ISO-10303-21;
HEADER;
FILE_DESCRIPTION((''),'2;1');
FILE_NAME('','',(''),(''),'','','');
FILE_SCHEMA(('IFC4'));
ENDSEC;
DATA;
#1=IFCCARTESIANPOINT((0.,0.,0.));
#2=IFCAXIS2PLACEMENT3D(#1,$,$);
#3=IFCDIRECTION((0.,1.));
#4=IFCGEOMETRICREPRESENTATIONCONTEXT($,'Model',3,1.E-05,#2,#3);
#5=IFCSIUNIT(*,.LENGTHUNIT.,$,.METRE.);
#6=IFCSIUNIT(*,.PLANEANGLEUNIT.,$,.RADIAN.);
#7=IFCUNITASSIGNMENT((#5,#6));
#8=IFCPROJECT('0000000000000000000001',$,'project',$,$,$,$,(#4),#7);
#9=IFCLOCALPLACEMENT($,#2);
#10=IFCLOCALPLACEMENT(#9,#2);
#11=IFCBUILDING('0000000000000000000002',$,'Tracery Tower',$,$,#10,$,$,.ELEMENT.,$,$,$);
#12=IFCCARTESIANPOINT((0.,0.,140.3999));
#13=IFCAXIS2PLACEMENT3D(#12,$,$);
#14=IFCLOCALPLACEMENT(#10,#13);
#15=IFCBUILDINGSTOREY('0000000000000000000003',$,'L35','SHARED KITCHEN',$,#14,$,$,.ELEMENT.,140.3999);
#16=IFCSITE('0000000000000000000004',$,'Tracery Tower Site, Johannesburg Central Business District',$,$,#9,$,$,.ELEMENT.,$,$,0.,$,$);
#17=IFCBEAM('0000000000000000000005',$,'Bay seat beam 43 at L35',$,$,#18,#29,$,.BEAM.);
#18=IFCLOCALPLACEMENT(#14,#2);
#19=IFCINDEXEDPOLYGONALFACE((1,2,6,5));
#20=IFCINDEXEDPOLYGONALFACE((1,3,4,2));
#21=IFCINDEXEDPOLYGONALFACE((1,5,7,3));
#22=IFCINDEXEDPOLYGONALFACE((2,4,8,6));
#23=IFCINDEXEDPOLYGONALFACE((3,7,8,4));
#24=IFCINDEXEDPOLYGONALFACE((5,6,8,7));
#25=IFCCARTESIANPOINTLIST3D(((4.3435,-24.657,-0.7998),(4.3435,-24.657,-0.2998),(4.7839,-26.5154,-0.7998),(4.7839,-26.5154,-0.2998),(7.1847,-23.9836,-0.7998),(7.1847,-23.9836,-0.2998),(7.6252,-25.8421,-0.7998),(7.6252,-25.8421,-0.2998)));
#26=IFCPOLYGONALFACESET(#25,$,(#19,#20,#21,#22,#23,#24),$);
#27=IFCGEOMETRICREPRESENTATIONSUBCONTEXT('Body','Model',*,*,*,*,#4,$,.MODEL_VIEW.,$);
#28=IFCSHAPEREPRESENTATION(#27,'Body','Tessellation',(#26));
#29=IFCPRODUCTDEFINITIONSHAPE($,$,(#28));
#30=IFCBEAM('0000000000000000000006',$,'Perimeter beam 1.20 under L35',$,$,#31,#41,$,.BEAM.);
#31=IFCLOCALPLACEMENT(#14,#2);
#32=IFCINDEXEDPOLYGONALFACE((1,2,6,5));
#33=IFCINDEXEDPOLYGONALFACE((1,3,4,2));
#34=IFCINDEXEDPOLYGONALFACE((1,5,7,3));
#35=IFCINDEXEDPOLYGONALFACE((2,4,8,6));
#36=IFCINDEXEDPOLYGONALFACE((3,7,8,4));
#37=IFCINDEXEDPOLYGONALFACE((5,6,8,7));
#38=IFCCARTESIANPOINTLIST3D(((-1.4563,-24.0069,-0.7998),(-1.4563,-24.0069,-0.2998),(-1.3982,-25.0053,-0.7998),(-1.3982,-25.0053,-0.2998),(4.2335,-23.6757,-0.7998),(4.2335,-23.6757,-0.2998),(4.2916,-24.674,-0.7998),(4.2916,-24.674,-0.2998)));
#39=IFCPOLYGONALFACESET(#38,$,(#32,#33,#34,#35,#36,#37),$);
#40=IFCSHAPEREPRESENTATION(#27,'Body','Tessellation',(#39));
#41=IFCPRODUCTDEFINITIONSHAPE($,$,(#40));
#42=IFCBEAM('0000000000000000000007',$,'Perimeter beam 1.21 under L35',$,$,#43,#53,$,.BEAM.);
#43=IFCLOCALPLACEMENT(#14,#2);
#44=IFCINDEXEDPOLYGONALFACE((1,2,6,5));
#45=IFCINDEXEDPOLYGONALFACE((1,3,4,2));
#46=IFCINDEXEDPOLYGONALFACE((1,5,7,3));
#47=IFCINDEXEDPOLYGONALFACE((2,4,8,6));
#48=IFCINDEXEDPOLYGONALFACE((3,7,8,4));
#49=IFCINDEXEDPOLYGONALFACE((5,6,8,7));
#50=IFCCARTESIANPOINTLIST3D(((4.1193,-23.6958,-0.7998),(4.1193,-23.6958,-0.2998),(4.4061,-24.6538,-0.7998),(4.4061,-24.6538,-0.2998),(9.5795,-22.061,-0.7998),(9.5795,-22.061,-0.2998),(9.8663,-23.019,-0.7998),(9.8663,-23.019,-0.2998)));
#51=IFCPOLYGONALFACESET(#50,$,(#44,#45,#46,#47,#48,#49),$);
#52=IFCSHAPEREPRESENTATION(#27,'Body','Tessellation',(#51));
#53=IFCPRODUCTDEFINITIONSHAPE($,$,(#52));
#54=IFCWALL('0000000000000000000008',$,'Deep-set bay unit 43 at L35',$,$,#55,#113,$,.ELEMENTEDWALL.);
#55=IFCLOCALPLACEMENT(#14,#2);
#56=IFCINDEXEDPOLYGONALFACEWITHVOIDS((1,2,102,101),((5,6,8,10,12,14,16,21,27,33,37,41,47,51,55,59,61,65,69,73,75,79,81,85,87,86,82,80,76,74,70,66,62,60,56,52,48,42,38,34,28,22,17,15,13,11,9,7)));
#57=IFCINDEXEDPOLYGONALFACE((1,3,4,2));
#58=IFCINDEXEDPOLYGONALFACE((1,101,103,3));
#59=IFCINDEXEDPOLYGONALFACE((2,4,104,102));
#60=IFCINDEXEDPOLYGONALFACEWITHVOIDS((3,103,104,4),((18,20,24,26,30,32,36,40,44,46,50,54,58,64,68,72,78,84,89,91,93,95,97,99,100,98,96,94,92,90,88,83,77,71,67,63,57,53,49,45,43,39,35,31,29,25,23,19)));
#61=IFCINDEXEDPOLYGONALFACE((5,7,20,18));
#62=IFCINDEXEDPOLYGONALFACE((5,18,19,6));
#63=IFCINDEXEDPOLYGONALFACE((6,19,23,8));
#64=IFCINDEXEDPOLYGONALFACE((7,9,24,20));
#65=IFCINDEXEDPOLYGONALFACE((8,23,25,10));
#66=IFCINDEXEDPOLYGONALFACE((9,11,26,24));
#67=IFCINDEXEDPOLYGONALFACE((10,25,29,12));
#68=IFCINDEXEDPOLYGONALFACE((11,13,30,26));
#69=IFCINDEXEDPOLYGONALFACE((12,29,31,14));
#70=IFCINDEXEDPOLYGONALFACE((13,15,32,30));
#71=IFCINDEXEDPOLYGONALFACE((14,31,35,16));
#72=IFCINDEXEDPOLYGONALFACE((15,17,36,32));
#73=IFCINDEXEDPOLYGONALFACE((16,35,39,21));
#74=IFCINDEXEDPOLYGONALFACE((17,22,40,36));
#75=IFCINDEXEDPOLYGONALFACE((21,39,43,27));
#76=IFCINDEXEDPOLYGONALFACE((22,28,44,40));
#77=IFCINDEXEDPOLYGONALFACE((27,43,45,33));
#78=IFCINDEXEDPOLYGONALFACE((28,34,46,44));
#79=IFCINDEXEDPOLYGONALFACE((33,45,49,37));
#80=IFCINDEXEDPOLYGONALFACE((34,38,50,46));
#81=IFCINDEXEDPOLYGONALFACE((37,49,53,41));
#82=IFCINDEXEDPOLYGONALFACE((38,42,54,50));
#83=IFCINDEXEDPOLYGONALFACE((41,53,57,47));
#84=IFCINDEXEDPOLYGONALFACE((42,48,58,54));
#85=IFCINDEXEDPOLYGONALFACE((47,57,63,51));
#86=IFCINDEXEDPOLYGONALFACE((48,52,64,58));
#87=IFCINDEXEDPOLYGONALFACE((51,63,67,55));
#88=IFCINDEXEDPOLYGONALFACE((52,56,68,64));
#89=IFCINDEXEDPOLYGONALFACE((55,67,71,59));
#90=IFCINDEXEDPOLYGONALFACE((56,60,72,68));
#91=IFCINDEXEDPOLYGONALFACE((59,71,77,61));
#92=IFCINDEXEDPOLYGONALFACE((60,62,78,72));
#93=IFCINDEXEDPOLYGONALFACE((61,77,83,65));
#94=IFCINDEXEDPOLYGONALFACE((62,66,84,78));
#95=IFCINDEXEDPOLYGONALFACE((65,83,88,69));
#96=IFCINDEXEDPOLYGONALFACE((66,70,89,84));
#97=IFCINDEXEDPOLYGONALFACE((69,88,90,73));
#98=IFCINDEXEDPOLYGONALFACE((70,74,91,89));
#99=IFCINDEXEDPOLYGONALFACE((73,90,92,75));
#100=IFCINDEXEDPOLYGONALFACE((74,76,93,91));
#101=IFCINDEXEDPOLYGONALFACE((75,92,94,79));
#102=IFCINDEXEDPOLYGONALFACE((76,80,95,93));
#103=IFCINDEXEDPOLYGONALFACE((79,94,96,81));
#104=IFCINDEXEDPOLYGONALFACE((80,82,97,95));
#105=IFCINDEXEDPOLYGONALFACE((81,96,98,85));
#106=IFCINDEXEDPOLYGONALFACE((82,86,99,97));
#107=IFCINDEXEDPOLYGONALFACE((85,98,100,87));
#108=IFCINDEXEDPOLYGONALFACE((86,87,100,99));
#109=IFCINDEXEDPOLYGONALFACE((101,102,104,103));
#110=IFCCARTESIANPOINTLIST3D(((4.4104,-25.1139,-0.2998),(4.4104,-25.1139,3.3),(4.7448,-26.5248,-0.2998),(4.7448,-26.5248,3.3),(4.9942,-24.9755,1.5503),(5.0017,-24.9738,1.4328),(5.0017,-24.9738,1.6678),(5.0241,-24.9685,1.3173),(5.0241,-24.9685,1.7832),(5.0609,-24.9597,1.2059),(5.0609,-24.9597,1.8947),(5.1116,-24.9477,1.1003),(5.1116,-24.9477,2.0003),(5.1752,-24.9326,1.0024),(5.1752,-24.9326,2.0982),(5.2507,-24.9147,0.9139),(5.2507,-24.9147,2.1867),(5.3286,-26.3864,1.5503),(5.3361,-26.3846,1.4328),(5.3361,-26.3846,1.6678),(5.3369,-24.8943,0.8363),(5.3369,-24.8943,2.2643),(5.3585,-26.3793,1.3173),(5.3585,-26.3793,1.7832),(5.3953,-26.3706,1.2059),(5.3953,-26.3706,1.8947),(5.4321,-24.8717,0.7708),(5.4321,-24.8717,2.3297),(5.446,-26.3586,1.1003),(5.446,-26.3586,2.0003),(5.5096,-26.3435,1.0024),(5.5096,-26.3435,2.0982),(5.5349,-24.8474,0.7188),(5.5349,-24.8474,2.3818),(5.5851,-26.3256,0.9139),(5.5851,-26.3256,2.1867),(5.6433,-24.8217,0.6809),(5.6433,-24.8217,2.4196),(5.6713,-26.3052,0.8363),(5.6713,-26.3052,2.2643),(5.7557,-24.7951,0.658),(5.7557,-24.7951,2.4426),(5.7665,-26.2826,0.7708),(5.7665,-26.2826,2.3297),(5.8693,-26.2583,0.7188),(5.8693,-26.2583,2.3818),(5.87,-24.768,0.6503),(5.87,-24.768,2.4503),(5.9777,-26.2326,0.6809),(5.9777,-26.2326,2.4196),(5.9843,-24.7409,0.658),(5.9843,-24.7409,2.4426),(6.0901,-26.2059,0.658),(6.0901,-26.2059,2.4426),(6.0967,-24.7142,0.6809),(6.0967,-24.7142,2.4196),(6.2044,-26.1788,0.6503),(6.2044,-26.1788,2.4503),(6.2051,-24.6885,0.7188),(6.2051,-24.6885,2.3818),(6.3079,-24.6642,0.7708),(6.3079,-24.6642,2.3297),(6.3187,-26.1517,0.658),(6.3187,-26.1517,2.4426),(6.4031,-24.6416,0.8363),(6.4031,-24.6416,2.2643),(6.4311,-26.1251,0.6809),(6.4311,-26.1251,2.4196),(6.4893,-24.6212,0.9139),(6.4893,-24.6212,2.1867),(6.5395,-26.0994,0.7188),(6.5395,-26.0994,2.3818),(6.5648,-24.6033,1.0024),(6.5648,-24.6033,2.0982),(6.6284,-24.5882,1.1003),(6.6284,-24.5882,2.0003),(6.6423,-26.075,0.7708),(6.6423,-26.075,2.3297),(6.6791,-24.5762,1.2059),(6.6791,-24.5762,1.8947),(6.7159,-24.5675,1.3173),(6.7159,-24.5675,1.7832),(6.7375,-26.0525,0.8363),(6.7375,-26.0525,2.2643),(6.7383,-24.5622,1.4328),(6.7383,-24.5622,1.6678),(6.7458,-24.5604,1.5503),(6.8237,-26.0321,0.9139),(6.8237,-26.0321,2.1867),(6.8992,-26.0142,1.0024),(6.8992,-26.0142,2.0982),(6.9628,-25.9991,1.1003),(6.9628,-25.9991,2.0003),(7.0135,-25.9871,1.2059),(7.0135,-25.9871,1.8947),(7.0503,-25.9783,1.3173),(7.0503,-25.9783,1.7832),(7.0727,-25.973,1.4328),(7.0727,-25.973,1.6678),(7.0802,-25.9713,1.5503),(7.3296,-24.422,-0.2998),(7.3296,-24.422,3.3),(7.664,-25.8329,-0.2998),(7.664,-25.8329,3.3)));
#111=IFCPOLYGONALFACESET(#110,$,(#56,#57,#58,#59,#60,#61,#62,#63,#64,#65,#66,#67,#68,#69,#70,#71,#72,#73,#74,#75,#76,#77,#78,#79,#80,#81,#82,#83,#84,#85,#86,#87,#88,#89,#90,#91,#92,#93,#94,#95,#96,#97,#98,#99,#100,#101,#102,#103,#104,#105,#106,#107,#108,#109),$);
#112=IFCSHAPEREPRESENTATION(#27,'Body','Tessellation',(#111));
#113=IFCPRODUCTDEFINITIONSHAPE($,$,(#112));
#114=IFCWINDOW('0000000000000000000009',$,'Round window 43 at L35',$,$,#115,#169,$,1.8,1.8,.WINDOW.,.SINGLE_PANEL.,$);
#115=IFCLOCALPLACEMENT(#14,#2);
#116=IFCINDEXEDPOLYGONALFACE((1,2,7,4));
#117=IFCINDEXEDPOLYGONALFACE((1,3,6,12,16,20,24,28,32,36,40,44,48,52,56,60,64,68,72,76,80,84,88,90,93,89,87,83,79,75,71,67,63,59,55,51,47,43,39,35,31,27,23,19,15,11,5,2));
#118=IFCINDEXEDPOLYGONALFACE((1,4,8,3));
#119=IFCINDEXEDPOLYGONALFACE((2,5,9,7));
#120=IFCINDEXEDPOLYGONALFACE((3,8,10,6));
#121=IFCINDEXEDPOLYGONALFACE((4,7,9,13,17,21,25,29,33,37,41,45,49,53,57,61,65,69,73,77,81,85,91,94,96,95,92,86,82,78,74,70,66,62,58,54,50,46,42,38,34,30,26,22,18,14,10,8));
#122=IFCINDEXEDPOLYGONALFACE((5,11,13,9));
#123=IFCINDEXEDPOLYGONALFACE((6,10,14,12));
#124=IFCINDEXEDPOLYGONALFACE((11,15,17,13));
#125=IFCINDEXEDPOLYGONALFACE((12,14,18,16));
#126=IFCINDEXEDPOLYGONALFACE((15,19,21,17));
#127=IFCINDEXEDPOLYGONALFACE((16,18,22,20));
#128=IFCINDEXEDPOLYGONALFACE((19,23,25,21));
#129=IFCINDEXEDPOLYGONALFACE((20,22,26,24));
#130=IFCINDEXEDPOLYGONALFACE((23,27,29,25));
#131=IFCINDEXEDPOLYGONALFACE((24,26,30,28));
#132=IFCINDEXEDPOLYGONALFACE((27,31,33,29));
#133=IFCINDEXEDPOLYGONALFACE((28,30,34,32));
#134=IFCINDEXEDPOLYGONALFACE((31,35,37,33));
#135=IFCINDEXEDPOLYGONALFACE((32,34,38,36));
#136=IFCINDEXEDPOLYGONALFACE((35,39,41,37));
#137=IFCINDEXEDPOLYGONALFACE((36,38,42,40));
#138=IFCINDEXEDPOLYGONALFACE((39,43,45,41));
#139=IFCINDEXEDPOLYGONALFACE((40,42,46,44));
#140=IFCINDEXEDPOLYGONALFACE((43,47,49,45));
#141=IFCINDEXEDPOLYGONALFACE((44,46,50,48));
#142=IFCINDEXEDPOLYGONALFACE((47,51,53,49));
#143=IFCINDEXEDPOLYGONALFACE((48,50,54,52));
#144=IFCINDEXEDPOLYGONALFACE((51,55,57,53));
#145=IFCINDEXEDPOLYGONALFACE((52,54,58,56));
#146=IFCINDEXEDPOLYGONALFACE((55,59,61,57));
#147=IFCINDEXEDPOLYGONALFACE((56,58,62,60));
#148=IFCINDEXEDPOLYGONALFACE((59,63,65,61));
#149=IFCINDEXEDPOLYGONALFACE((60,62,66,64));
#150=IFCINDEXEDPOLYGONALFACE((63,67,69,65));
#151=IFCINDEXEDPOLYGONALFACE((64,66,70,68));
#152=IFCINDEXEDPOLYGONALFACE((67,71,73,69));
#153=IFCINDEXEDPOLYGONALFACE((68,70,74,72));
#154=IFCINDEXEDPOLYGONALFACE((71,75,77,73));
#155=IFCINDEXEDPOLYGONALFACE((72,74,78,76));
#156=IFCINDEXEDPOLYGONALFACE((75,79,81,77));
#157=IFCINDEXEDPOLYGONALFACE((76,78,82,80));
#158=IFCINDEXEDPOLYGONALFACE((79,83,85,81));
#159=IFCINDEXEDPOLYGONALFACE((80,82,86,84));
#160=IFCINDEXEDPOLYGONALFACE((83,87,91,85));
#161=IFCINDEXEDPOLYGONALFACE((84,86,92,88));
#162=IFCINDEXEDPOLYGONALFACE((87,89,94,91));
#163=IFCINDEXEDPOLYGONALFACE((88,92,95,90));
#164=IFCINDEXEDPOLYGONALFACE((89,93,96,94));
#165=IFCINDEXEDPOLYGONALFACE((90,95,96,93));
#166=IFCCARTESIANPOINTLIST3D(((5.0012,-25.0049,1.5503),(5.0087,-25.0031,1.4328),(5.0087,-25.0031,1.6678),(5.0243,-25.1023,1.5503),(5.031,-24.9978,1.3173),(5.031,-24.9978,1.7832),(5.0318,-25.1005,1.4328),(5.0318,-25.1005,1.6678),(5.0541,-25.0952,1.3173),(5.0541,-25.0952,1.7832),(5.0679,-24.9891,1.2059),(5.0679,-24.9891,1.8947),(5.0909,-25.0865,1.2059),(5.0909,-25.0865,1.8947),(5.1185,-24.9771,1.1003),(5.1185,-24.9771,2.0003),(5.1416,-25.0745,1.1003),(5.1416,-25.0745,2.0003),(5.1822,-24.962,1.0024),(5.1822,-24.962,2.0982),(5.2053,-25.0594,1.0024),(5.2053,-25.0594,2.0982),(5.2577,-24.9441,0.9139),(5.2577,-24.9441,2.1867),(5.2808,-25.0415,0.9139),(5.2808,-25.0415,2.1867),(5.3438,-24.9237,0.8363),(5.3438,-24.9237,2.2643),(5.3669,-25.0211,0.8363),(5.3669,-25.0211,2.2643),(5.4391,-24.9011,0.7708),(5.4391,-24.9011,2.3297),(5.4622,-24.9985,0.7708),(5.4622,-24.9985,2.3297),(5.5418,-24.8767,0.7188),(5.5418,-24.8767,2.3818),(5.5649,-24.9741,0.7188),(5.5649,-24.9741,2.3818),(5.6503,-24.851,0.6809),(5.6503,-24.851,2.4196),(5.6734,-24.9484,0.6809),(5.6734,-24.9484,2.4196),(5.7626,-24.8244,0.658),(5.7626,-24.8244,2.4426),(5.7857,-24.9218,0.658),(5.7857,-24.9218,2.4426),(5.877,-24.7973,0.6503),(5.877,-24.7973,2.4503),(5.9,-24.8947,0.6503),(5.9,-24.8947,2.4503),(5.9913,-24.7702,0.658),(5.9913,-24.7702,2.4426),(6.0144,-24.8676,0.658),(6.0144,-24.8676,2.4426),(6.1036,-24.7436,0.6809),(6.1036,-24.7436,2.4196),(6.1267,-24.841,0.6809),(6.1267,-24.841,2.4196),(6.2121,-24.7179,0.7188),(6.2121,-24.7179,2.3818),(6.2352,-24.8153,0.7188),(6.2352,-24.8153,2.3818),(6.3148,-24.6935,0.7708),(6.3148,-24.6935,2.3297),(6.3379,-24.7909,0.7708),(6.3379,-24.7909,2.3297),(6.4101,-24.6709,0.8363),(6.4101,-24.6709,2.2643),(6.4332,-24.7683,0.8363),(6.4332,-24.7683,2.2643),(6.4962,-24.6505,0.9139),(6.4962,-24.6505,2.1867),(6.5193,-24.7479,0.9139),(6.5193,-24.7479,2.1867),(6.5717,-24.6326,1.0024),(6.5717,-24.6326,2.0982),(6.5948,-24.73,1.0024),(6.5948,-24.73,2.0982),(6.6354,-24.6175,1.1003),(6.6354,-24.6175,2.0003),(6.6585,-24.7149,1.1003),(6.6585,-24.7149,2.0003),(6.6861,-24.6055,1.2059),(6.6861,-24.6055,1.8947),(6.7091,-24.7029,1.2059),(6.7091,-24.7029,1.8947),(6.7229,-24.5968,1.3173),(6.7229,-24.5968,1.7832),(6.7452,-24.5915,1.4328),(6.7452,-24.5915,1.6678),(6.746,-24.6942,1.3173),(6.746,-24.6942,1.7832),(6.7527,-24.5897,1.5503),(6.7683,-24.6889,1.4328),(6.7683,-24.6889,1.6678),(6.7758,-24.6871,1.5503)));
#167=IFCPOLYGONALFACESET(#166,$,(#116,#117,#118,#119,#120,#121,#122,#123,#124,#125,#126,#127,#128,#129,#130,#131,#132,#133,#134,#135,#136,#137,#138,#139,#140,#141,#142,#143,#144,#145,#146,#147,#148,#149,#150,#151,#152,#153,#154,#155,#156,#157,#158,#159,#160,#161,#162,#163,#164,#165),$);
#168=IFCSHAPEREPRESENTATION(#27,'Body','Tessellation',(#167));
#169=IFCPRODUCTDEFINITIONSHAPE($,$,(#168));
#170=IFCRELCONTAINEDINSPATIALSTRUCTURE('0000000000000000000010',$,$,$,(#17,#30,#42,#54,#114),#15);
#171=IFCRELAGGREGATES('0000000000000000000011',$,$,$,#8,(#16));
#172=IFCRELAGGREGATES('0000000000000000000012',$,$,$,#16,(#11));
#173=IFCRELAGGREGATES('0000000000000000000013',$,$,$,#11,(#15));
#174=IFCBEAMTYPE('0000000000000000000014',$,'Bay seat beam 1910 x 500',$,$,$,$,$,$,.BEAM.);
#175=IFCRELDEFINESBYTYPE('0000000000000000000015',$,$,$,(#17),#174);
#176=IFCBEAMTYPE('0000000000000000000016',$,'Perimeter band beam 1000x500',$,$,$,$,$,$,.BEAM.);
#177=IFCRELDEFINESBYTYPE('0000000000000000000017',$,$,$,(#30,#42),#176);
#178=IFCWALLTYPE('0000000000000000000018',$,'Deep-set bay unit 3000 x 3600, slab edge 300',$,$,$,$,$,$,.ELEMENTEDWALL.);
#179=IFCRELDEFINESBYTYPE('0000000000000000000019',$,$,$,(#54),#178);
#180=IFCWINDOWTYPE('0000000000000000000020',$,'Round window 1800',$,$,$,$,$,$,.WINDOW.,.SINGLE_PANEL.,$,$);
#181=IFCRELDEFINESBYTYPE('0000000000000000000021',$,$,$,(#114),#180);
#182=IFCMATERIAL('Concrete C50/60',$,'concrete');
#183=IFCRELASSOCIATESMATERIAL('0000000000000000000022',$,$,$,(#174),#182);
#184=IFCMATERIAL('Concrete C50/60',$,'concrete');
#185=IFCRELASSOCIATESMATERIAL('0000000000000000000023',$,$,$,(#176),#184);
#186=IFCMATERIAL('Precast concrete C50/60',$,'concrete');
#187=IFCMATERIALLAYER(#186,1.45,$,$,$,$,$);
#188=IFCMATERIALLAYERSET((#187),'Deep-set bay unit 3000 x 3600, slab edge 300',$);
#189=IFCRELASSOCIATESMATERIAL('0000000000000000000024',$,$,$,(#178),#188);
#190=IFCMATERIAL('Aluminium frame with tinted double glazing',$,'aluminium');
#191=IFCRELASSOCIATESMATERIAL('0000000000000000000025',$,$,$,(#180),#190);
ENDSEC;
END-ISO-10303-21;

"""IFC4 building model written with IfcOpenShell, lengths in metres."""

from ifc_helpers import new_model, si_unit, direction, frame, frame_2d, origin, origin_2d, place, context, subcontext, project, spatial, rectangle, circle, extrude, material, layer, layer_set, material_profile, profile_set, type_object, element, fill, save


model = new_model("IFC4")

# Units and contexts
model_context = context("Model", 3, precision=1e-05, world=origin(), true_north=direction((0.0, 1.0)))
body_context = subcontext(model_context, "Body", "Model", "MODEL_VIEW")
ifc_project = project(units=[si_unit("LENGTHUNIT", "METRE"), si_unit("PLANEANGLEUNIT", "RADIAN")], contexts=[model_context])

# Site, building, storey
site_placement = place(None, origin())
site = spatial("IfcSite", under=ifc_project, at=site_placement, Name="Tracery Tower Site, Johannesburg Central Business District", CompositionType="ELEMENT", RefElevation=0.0)
building_placement = place(site_placement, origin())
building = spatial("IfcBuilding", under=site, at=building_placement, Name="Tracery Tower", CompositionType="ELEMENT")
storey_placement = place(building_placement, frame((0.0, 0.0, 140.3999)))
storey = spatial("IfcBuildingStorey", under=building, at=storey_placement, Name="L35", Description="SHARED KITCHEN", CompositionType="ELEMENT", Elevation=140.3999)

# Beams
ifc_material_1 = material(Name="Concrete C50/60", Category="concrete")
ifc_material_profile_1 = material_profile(ifc_material_1, rectangle(XDim=1.9099, YDim=0.5, at=origin_2d()), Name="RC 1910x500")
ifc_profile_set_1 = profile_set([ifc_material_profile_1], Name="Concrete C50/60")
beam_type_1 = type_object("IfcBeamType", Name="Bay seat beam 1910 x 500", PredefinedType="BEAM", material=ifc_profile_set_1)
beam_1_placement = place(storey_placement, frame((4.5637, -25.5862, -0.5498), z_axis=(0.97305, 0.230596, 0.0), x_axis=(-0.230596, 0.97305, 0.0)))
element("IfcBeam", 1, at=beam_1_placement, inside=storey, type_object=beam_type_1, Name="Bay seat beam 43 at L35", PredefinedType="BEAM", context=body_context, shape_type="SweptSolid", body=[
    extrude(rectangle(XDim=1.9099, YDim=0.5, at=origin_2d()), origin(), (0.0, 0.0, 1.0), 2.9199),
])
ifc_material_2 = material(Name="Concrete C50/60", Category="concrete")
ifc_material_profile_2 = material_profile(ifc_material_2, rectangle(XDim=1.0, YDim=0.5, at=origin_2d()), Name="RC 1000x500")
ifc_profile_set_2 = profile_set([ifc_material_profile_2], Name="Concrete C50/60")
beam_type_2 = type_object("IfcBeamType", Name="Perimeter band beam 1000x500", PredefinedType="BEAM", material=ifc_profile_set_2)
beam_2_placement = place(storey_placement, frame((-1.4272, -24.5061, -0.5498), z_axis=(0.998309, 0.058127, 0.0), x_axis=(-0.058127, 0.998309, 0.0)))
element("IfcBeam", 2, at=beam_2_placement, inside=storey, type_object=beam_type_2, Name="Perimeter beam 1.20 under L35", PredefinedType="BEAM", context=body_context, shape_type="SweptSolid", body=[
    extrude(rectangle(XDim=1.0, YDim=0.5, at=origin_2d()), origin(), (0.0, 0.0, 1.0), 5.6995),
])
beam_3_placement = place(storey_placement, frame((4.2627, -24.1748, -0.5498), z_axis=(0.957985, 0.286817, 0.0), x_axis=(-0.286817, 0.957985, 0.0)))
element("IfcBeam", 3, at=beam_3_placement, inside=storey, type_object=beam_type_2, Name="Perimeter beam 1.21 under L35", PredefinedType="BEAM", context=body_context, shape_type="SweptSolid", body=[
    extrude(rectangle(XDim=1.0, YDim=0.5, at=origin_2d()), origin(), (0.0, 0.0, 1.0), 5.6997),
])

# Wall, opening, window
ifc_material_3 = material(Name="Precast concrete C50/60", Category="concrete")
ifc_layer_1 = layer(ifc_material_3, 1.45)
ifc_layer_set_1 = layer_set([ifc_layer_1], Name="Deep-set bay unit 3000 x 3600, slab edge 300")
wall_type_1 = type_object("IfcWallType", Name="Deep-set bay unit 3000 x 3600, slab edge 300", PredefinedType="ELEMENTEDWALL", material=ifc_layer_set_1)
wall_1_placement = place(storey_placement, frame((4.5776, -25.8193, -0.2998), z_axis=(0.0, 0.0, 1.0), x_axis=(0.973042, 0.230627, 0.0)))
wall_1 = element("IfcWall", 4, at=wall_1_placement, inside=storey, type_object=wall_type_1, Name="Deep-set bay unit 43 at L35", PredefinedType="ELEMENTEDWALL", context=body_context, shape_type="SweptSolid", body=[
    extrude(rectangle(XDim=3.0, YDim=1.45, at=frame_2d((1.5, 0.0))), origin(), (0.0, 0.0, 1.0), 3.5999),
])
opening_1_placement = place(wall_1_placement, frame((1.5, 0.0, 1.8501)))
opening_1 = element("IfcOpeningElement", 5, at=opening_1_placement, cuts=wall_1, PredefinedType="OPENING", context=body_context, shape_type="SweptSolid", body=[
    extrude(circle(Radius=0.9, at=origin_2d()), frame((0.0, 0.7349, 0.0), z_axis=(0.0, -1.0, 0.0), x_axis=(1.0, 0.0, 0.0)), (0.0, 0.0, 1.0), 1.47),
])
ifc_material_4 = material(Name="Aluminium frame with tinted double glazing", Category="aluminium")
window_type = type_object("IfcWindowType", Name="Round window 1800", PartitioningType="SINGLE_PANEL", PredefinedType="WINDOW", material=ifc_material_4)
window_1_placement = place(opening_1_placement, origin())
window_1 = element("IfcWindow", 6, at=window_1_placement, inside=storey, type_object=window_type, Name="Round window 43 at L35", OverallHeight=1.8, OverallWidth=1.8, PartitioningType="SINGLE_PANEL", PredefinedType="WINDOW", context=body_context, shape_type="SweptSolid", body=[
    extrude(circle(Radius=0.9, at=origin_2d()), frame((0.0, 0.6948, 0.0), z_axis=(0.0, -1.0, 0.0), x_axis=(1.0, 0.0, 0.0)), (0.0, 0.0, 1.0), 0.1001),
])
fill(opening_1, window_1)

save(model, "model.ifc")
